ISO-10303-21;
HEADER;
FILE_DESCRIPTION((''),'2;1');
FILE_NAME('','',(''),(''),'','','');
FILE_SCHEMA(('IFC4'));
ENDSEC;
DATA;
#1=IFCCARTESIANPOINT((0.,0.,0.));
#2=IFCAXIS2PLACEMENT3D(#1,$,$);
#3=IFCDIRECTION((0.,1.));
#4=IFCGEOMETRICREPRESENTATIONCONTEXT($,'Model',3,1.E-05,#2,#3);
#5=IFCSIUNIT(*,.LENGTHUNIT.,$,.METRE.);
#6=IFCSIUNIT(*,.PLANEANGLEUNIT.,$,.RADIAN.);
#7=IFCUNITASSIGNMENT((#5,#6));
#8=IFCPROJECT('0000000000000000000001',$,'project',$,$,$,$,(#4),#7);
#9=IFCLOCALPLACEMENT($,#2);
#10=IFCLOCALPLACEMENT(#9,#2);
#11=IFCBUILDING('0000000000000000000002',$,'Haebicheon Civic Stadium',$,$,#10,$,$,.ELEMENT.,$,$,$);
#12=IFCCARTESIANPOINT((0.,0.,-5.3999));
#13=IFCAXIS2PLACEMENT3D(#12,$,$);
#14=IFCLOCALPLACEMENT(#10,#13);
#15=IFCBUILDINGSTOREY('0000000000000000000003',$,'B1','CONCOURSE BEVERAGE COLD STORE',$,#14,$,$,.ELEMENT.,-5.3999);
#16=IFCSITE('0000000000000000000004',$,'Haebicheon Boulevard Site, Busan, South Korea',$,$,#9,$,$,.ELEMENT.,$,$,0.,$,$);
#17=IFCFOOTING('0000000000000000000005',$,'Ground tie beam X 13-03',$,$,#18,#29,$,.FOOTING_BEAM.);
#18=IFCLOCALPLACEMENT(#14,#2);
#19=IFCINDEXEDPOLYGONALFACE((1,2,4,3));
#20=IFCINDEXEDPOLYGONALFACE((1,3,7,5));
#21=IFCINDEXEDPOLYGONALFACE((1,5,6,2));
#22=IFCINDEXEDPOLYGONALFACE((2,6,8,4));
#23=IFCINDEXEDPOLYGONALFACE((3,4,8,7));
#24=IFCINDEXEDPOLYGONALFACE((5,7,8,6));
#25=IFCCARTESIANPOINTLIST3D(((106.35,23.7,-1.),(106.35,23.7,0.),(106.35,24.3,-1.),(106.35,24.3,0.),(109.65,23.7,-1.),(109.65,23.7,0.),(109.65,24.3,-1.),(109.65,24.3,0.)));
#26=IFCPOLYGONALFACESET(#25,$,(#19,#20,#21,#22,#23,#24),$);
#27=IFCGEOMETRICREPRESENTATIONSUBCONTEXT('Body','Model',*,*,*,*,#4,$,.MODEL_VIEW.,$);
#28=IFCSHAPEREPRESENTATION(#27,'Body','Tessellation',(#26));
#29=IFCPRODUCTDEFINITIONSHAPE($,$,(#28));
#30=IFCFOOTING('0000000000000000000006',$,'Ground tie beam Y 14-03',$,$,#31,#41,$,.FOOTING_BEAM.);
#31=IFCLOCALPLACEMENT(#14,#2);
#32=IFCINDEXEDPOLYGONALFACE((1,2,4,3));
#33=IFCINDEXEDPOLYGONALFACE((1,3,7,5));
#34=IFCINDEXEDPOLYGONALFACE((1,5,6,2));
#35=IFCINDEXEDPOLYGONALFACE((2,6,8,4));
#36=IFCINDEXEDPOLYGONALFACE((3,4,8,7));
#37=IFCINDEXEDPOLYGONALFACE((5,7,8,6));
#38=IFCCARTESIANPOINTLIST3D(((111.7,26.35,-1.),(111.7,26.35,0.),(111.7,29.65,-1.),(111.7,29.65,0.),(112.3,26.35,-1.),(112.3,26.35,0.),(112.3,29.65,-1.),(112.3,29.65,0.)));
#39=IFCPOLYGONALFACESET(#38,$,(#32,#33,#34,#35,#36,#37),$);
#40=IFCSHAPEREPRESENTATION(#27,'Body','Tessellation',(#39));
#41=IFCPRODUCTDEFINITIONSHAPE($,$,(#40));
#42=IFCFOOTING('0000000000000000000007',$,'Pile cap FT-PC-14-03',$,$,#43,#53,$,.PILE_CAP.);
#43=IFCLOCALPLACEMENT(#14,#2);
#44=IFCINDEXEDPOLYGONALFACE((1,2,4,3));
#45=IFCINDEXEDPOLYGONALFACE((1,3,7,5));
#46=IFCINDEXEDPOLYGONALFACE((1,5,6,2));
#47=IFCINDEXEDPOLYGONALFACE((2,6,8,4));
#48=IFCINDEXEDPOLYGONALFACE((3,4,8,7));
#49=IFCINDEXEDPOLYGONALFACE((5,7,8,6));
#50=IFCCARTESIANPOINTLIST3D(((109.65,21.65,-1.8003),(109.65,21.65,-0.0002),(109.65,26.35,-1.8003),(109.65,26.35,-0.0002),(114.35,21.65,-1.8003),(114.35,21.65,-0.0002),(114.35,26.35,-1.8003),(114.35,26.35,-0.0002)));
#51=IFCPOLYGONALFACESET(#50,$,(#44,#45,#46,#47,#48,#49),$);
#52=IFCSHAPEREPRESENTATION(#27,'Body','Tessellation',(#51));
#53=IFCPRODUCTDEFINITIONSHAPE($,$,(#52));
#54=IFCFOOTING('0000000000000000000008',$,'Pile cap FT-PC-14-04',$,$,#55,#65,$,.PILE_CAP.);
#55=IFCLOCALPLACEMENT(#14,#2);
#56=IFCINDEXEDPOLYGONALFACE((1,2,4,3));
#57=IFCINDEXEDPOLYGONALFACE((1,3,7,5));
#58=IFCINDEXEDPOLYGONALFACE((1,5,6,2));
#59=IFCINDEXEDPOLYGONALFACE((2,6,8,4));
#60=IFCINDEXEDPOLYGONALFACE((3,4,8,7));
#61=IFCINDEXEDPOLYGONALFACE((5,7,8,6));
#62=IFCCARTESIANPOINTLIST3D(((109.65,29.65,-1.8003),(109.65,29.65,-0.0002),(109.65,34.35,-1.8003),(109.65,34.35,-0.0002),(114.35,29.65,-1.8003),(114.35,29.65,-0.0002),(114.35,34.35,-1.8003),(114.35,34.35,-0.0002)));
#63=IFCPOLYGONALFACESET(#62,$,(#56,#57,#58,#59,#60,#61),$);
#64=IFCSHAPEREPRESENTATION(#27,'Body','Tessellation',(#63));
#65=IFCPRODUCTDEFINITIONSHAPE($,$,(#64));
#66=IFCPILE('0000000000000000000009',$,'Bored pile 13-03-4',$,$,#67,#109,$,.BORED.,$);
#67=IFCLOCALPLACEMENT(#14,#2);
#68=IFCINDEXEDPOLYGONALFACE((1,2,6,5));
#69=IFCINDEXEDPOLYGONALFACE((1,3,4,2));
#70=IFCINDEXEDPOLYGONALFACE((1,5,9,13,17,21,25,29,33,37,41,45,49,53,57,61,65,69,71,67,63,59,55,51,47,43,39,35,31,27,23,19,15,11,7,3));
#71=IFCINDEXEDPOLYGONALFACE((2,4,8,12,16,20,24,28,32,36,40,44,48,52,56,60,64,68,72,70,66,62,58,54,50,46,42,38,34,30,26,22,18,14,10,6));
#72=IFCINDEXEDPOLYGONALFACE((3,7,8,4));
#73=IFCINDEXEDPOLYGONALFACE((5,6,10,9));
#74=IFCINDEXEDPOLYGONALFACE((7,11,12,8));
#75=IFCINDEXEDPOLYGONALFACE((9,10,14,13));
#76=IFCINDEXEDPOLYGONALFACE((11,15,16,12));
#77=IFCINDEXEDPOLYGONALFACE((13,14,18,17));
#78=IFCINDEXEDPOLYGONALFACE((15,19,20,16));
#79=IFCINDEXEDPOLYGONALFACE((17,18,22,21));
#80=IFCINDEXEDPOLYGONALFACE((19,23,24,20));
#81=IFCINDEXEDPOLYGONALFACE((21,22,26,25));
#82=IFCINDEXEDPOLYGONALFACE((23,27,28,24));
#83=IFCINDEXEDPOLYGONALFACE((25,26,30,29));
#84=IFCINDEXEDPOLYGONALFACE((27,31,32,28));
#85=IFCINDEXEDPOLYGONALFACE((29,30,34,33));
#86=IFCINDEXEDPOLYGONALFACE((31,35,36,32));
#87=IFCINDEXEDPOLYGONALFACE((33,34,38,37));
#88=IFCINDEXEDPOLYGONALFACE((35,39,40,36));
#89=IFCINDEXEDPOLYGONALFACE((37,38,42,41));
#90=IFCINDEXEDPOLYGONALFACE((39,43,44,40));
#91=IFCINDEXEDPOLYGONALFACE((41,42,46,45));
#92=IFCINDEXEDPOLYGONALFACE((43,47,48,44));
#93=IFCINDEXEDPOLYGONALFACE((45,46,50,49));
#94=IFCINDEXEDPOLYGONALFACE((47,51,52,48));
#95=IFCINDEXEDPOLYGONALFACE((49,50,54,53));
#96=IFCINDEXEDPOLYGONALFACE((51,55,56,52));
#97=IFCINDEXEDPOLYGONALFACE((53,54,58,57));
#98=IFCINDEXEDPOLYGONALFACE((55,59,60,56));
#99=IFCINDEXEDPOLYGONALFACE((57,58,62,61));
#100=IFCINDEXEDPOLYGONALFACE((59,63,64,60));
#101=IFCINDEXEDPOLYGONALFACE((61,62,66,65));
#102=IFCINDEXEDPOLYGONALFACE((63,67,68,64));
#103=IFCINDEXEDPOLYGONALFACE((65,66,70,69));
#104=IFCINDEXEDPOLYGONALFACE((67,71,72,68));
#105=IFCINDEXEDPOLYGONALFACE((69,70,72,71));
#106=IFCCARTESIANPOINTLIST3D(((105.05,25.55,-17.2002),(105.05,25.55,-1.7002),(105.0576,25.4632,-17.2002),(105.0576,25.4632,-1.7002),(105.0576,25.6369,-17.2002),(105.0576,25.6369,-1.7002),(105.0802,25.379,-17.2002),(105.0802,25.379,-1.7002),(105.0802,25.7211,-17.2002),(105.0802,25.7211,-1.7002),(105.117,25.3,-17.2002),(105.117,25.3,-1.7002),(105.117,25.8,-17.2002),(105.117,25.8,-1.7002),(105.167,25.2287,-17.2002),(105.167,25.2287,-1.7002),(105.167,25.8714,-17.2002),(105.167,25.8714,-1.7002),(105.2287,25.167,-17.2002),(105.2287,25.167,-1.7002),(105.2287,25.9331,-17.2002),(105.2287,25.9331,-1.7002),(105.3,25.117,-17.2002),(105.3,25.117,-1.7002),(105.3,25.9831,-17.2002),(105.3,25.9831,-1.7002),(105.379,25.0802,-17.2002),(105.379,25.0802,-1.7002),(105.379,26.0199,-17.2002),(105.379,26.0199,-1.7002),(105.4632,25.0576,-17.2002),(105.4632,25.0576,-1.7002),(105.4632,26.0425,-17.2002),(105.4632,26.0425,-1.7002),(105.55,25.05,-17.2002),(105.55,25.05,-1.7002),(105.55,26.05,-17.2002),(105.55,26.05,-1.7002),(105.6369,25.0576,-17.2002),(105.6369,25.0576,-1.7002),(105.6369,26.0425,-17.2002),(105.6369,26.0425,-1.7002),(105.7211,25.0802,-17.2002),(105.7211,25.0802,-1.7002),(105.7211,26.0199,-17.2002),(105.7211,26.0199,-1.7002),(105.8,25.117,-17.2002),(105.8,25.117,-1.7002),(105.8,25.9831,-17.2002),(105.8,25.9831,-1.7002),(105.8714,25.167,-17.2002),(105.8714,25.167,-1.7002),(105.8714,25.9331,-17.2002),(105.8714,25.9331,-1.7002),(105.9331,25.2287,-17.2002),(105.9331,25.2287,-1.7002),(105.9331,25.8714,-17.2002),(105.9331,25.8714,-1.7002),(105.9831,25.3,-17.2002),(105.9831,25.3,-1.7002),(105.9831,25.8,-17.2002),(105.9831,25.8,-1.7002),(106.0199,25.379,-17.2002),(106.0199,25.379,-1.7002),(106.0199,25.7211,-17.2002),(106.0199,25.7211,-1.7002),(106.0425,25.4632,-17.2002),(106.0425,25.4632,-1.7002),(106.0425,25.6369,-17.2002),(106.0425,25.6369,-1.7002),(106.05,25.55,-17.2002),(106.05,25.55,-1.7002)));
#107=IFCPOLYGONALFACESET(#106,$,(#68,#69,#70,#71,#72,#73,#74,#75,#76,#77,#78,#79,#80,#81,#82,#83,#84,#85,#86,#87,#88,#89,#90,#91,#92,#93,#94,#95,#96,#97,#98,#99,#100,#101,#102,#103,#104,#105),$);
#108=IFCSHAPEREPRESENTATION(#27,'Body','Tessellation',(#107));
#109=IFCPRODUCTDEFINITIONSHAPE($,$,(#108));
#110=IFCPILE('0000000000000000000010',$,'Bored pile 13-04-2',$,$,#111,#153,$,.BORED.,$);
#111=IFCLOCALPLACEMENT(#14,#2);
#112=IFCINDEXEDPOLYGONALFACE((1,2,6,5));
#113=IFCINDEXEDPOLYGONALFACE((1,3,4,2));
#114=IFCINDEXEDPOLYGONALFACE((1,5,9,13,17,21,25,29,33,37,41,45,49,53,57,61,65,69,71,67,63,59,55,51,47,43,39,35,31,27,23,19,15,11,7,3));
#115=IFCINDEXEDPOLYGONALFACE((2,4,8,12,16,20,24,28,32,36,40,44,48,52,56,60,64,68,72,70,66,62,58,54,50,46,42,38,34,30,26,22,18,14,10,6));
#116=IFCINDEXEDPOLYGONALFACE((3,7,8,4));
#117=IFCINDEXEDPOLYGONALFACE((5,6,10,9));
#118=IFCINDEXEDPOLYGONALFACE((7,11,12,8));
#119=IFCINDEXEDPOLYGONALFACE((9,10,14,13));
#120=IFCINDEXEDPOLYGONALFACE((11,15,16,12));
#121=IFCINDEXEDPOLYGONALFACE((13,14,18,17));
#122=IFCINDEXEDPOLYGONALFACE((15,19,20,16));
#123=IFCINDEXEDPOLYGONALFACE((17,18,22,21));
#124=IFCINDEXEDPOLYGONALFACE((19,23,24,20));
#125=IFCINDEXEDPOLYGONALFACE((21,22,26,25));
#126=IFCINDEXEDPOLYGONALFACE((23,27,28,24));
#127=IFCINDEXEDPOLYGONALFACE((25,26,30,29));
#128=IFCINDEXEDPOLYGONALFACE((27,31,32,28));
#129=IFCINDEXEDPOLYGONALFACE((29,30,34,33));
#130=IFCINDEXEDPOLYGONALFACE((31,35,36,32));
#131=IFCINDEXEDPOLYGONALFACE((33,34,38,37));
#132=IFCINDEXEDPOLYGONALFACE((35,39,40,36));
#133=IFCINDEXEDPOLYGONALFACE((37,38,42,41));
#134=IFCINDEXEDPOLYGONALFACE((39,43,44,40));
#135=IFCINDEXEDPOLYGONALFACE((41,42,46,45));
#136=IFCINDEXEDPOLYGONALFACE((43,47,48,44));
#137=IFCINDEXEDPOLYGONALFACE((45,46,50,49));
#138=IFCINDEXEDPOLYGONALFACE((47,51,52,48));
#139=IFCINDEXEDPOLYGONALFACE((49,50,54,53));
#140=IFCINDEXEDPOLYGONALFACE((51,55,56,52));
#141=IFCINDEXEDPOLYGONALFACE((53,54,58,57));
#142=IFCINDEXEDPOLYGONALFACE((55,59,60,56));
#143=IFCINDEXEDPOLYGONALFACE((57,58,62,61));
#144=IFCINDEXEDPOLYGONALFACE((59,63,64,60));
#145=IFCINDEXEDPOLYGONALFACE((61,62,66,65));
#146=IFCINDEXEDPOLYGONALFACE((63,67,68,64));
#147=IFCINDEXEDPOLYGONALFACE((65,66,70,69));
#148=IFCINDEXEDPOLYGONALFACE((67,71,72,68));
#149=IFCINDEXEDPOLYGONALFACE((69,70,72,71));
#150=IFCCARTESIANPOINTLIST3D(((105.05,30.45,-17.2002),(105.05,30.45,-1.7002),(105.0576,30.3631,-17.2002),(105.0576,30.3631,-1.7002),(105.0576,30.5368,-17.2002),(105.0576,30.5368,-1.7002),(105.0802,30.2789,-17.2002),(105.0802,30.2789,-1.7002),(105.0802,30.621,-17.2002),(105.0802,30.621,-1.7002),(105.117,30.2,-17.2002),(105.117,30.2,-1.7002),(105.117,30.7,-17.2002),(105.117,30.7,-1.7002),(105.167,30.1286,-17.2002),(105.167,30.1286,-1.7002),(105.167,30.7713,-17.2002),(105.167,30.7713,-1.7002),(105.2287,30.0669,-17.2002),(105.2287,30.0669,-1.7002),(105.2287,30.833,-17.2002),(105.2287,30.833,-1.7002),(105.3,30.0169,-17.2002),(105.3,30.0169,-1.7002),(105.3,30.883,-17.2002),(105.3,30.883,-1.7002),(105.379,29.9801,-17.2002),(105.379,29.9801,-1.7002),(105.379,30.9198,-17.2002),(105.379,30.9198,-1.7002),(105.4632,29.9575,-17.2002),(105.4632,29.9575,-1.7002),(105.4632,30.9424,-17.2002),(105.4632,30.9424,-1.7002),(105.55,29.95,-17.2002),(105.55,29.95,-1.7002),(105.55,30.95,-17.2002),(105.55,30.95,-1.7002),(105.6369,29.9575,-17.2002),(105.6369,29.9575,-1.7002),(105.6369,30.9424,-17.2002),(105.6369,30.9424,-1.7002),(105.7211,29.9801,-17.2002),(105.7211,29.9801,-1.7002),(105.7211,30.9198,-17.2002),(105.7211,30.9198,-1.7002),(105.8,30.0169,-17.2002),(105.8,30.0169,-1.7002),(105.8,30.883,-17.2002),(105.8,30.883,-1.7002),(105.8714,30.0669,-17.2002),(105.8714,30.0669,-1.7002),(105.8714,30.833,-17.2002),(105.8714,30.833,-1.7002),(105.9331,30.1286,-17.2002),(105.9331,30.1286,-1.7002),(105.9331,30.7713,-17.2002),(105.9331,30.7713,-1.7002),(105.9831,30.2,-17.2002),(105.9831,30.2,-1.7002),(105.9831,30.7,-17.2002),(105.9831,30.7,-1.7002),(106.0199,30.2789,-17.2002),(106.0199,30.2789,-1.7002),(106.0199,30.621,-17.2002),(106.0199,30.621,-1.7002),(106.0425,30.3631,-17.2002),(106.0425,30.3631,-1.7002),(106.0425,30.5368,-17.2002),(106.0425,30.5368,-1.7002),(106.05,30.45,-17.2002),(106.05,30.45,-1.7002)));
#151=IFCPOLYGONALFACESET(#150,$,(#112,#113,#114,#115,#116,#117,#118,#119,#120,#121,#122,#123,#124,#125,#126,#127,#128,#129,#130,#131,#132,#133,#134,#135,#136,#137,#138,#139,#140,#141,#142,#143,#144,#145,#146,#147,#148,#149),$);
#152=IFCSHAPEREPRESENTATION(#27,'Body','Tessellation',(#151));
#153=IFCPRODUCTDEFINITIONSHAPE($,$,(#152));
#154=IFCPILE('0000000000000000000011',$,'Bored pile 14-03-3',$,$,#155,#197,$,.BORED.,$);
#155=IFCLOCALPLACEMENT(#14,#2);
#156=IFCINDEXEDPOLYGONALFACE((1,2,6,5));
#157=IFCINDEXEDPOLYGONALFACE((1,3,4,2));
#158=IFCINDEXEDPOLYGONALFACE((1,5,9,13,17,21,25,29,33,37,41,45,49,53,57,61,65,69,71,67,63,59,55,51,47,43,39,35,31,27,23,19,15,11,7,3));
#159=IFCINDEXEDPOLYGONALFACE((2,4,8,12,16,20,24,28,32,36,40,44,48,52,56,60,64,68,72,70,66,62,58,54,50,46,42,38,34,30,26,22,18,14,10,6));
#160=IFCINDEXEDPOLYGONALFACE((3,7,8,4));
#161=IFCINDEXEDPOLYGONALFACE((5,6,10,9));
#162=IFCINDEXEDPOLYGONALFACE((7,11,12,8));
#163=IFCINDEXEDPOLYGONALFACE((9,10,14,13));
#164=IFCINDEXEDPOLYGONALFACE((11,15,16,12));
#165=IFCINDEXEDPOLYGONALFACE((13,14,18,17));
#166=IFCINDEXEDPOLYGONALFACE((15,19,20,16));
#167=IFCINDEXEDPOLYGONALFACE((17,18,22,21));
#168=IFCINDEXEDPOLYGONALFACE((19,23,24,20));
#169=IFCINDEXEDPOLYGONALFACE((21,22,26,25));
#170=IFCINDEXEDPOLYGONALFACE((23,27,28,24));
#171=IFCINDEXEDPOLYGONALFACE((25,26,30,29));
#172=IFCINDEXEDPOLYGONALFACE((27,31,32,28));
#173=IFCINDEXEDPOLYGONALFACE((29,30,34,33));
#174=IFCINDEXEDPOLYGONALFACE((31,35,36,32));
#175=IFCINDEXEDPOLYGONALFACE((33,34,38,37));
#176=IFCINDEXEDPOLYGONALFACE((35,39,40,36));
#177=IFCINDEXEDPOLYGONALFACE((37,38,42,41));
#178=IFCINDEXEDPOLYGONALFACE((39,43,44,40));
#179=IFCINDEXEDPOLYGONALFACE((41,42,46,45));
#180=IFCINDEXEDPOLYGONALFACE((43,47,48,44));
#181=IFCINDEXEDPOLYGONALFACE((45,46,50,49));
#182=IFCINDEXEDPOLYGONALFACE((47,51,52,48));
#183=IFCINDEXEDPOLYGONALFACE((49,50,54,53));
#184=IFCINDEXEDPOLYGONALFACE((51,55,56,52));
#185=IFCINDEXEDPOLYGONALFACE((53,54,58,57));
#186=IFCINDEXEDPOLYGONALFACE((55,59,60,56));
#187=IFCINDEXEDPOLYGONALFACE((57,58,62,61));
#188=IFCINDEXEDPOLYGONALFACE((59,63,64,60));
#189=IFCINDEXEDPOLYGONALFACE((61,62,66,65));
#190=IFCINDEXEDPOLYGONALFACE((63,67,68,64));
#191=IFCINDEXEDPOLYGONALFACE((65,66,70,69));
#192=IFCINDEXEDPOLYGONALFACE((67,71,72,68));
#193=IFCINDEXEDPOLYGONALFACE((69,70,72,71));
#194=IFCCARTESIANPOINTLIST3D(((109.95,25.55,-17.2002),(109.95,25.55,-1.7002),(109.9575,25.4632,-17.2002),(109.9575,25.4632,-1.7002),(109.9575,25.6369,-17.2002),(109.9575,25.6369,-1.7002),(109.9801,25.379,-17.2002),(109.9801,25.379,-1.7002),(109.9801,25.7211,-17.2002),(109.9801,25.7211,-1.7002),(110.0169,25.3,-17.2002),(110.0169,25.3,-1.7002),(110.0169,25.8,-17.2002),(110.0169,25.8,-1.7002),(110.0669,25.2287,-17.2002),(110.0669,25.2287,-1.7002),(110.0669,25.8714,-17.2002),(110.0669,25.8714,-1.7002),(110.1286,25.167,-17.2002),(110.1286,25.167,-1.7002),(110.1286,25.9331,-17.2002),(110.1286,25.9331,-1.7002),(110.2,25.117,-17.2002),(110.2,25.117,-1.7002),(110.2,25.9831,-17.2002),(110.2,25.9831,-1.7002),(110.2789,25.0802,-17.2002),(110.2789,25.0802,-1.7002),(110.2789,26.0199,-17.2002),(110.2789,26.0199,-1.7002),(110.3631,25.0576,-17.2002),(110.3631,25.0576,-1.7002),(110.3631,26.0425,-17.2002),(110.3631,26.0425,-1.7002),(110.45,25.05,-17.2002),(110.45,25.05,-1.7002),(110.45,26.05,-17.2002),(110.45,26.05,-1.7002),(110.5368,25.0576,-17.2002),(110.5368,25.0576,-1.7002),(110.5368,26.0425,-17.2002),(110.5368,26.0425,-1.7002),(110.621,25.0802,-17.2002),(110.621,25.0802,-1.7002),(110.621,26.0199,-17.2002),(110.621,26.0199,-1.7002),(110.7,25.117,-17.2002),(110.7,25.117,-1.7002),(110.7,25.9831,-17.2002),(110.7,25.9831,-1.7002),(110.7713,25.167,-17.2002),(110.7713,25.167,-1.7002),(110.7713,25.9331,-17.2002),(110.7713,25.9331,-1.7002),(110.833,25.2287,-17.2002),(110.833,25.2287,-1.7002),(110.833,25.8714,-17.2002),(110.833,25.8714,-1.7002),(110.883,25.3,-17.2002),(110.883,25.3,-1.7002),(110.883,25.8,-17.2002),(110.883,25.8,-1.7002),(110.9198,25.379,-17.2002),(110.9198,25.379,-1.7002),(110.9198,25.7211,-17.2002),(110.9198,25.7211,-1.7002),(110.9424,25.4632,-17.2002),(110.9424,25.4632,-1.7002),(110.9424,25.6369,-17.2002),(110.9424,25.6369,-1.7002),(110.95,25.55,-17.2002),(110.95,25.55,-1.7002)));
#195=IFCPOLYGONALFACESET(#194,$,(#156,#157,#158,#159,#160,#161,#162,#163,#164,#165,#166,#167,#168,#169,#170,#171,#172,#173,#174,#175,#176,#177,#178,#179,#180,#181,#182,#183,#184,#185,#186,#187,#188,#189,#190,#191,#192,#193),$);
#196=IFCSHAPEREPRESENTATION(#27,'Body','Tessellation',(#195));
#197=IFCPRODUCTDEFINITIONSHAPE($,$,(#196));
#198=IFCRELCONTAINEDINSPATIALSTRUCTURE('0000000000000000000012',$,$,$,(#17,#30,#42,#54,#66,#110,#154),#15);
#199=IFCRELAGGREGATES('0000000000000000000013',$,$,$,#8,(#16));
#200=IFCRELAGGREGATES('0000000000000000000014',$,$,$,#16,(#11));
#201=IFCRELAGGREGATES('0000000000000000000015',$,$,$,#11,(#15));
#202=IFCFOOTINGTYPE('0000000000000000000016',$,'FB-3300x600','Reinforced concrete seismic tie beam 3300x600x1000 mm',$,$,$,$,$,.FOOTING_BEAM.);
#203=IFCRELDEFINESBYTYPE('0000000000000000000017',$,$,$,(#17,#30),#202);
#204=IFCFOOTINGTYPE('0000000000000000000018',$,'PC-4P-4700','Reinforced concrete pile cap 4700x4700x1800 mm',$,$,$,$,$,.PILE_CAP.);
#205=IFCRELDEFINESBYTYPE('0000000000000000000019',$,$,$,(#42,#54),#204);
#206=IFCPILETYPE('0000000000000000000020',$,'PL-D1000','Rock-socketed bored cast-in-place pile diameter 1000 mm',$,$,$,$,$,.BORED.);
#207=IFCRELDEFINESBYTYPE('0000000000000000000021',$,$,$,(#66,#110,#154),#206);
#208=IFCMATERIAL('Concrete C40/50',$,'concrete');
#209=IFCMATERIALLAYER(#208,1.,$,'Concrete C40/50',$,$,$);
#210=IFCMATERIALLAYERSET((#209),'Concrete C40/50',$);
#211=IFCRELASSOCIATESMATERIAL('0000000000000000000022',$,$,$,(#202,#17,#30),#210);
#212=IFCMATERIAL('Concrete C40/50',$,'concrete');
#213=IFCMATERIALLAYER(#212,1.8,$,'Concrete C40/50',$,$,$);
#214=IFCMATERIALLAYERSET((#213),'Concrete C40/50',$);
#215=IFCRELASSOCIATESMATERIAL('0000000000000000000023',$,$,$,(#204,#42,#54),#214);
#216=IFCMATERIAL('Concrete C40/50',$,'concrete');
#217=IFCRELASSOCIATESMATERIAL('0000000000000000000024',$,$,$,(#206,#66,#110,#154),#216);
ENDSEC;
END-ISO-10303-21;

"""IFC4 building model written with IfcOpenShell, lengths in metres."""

from ifc_helpers import new_model, si_unit, direction, frame, origin, origin_2d, place, context, subcontext, project, spatial, rectangle, circle, extrude, material, layer, layer_set, material_profile, profile_set, type_object, element, save


model = new_model("IFC4")

# Units and contexts
model_context = context("Model", 3, precision=1e-05, world=origin(), true_north=direction((0.0, 1.0)))
body_context = subcontext(model_context, "Body", "Model", "MODEL_VIEW")
ifc_project = project(units=[si_unit("LENGTHUNIT", "METRE"), si_unit("PLANEANGLEUNIT", "RADIAN")], contexts=[model_context])

# Site, building, storey
site_placement = place(None, origin())
site = spatial("IfcSite", under=ifc_project, at=site_placement, Name="Haebicheon Boulevard Site, Busan, South Korea", CompositionType="ELEMENT", RefElevation=0.0)
building_placement = place(site_placement, origin())
building = spatial("IfcBuilding", under=site, at=building_placement, Name="Haebicheon Civic Stadium", CompositionType="ELEMENT")
storey_placement = place(building_placement, frame((0.0, 0.0, -5.3999)))
storey = spatial("IfcBuildingStorey", under=building, at=storey_placement, Name="B1", Description="CONCOURSE BEVERAGE COLD STORE", CompositionType="ELEMENT", Elevation=-5.3999)

# Footings
ifc_material_1 = material(Name="Concrete C40/50", Category="concrete")
ifc_layer_1 = layer(ifc_material_1, 1.0, Name="Concrete C40/50")
ifc_layer_set_1 = layer_set([ifc_layer_1], Name="Concrete C40/50")
footing_type_1 = type_object("IfcFootingType", Name="FB-3300x600", Description="Reinforced concrete seismic tie beam 3300x600x1000 mm", PredefinedType="FOOTING_BEAM", material=ifc_layer_set_1)
for number, where, z_axis, x_axis, name in (
    (1, (108.0, 24.0, -1.0), (0.0, 0.0, 1.0), (1.0, 0.0, 0.0), "Ground tie beam X 13-03"),
    (2, (112.0, 28.0, -1.0), (0.0, 0.0, 1.0), (0.0, 1.0, 0.0), "Ground tie beam Y 14-03"),
):
    element("IfcFooting", number, at=place(storey_placement, frame(where, z_axis=z_axis, x_axis=x_axis)), inside=storey, type_object=footing_type_1, material=ifc_layer_set_1, Name=name, PredefinedType="FOOTING_BEAM", context=body_context, shape_type="SweptSolid", body=[
        extrude(rectangle(XDim=3.3, YDim=0.6001, at=origin_2d()), origin(), (0.0, 0.0, 1.0), 1.0),
    ])
ifc_material_2 = material(Name="Concrete C40/50", Category="concrete")
ifc_layer_2 = layer(ifc_material_2, 1.8, Name="Concrete C40/50")
ifc_layer_set_2 = layer_set([ifc_layer_2], Name="Concrete C40/50")
footing_type_2 = type_object("IfcFootingType", Name="PC-4P-4700", Description="Reinforced concrete pile cap 4700x4700x1800 mm", PredefinedType="PILE_CAP", material=ifc_layer_set_2)
for number, where, z_axis, x_axis, name in (
    (3, (112.0, 24.0, -1.8003), (0.0, 0.0, 1.0), (1.0, 0.0, 0.0), "Pile cap FT-PC-14-03"),
    (4, (112.0, 32.0, -1.8003), (0.0, 0.0, 1.0), (1.0, 0.0, 0.0), "Pile cap FT-PC-14-04"),
):
    element("IfcFooting", number, at=place(storey_placement, frame(where, z_axis=z_axis, x_axis=x_axis)), inside=storey, type_object=footing_type_2, material=ifc_layer_set_2, Name=name, PredefinedType="PILE_CAP", context=body_context, shape_type="SweptSolid", body=[
        extrude(rectangle(XDim=4.7, YDim=4.7, at=origin_2d()), origin(), (0.0, 0.0, 1.0), 1.8),
    ])

# Piles
ifc_material_3 = material(Name="Concrete C40/50", Category="concrete")
ifc_material_profile_1 = material_profile(ifc_material_3, circle(Radius=0.5, at=origin_2d()), Name="PILE-D1000")
ifc_profile_set_1 = profile_set([ifc_material_profile_1], Name="Concrete C40/50")
pile_type = type_object("IfcPileType", Name="PL-D1000", Description="Rock-socketed bored cast-in-place pile diameter 1000 mm", PredefinedType="BORED", material=ifc_profile_set_1)
for number, where, z_axis, x_axis, name in (
    (5, (105.55, 25.55, -1.7002), (0.0, 0.0, -1.0), (1.0, 0.0, 0.0), "Bored pile 13-03-4"),
    (6, (105.55, 30.45, -1.7002), (0.0, 0.0, -1.0), (1.0, 0.0, 0.0), "Bored pile 13-04-2"),
    (7, (110.45, 25.55, -1.7002), (0.0, 0.0, -1.0), (1.0, 0.0, 0.0), "Bored pile 14-03-3"),
):
    element("IfcPile", number, at=place(storey_placement, frame(where, z_axis=z_axis, x_axis=x_axis)), inside=storey, type_object=pile_type, material=ifc_profile_set_1, Name=name, PredefinedType="BORED", context=body_context, shape_type="SweptSolid", body=[
        extrude(circle(Radius=0.5, at=origin_2d()), origin(), (0.0, 0.0, 1.0), 15.5),
    ])

save(model, "model.ifc")
